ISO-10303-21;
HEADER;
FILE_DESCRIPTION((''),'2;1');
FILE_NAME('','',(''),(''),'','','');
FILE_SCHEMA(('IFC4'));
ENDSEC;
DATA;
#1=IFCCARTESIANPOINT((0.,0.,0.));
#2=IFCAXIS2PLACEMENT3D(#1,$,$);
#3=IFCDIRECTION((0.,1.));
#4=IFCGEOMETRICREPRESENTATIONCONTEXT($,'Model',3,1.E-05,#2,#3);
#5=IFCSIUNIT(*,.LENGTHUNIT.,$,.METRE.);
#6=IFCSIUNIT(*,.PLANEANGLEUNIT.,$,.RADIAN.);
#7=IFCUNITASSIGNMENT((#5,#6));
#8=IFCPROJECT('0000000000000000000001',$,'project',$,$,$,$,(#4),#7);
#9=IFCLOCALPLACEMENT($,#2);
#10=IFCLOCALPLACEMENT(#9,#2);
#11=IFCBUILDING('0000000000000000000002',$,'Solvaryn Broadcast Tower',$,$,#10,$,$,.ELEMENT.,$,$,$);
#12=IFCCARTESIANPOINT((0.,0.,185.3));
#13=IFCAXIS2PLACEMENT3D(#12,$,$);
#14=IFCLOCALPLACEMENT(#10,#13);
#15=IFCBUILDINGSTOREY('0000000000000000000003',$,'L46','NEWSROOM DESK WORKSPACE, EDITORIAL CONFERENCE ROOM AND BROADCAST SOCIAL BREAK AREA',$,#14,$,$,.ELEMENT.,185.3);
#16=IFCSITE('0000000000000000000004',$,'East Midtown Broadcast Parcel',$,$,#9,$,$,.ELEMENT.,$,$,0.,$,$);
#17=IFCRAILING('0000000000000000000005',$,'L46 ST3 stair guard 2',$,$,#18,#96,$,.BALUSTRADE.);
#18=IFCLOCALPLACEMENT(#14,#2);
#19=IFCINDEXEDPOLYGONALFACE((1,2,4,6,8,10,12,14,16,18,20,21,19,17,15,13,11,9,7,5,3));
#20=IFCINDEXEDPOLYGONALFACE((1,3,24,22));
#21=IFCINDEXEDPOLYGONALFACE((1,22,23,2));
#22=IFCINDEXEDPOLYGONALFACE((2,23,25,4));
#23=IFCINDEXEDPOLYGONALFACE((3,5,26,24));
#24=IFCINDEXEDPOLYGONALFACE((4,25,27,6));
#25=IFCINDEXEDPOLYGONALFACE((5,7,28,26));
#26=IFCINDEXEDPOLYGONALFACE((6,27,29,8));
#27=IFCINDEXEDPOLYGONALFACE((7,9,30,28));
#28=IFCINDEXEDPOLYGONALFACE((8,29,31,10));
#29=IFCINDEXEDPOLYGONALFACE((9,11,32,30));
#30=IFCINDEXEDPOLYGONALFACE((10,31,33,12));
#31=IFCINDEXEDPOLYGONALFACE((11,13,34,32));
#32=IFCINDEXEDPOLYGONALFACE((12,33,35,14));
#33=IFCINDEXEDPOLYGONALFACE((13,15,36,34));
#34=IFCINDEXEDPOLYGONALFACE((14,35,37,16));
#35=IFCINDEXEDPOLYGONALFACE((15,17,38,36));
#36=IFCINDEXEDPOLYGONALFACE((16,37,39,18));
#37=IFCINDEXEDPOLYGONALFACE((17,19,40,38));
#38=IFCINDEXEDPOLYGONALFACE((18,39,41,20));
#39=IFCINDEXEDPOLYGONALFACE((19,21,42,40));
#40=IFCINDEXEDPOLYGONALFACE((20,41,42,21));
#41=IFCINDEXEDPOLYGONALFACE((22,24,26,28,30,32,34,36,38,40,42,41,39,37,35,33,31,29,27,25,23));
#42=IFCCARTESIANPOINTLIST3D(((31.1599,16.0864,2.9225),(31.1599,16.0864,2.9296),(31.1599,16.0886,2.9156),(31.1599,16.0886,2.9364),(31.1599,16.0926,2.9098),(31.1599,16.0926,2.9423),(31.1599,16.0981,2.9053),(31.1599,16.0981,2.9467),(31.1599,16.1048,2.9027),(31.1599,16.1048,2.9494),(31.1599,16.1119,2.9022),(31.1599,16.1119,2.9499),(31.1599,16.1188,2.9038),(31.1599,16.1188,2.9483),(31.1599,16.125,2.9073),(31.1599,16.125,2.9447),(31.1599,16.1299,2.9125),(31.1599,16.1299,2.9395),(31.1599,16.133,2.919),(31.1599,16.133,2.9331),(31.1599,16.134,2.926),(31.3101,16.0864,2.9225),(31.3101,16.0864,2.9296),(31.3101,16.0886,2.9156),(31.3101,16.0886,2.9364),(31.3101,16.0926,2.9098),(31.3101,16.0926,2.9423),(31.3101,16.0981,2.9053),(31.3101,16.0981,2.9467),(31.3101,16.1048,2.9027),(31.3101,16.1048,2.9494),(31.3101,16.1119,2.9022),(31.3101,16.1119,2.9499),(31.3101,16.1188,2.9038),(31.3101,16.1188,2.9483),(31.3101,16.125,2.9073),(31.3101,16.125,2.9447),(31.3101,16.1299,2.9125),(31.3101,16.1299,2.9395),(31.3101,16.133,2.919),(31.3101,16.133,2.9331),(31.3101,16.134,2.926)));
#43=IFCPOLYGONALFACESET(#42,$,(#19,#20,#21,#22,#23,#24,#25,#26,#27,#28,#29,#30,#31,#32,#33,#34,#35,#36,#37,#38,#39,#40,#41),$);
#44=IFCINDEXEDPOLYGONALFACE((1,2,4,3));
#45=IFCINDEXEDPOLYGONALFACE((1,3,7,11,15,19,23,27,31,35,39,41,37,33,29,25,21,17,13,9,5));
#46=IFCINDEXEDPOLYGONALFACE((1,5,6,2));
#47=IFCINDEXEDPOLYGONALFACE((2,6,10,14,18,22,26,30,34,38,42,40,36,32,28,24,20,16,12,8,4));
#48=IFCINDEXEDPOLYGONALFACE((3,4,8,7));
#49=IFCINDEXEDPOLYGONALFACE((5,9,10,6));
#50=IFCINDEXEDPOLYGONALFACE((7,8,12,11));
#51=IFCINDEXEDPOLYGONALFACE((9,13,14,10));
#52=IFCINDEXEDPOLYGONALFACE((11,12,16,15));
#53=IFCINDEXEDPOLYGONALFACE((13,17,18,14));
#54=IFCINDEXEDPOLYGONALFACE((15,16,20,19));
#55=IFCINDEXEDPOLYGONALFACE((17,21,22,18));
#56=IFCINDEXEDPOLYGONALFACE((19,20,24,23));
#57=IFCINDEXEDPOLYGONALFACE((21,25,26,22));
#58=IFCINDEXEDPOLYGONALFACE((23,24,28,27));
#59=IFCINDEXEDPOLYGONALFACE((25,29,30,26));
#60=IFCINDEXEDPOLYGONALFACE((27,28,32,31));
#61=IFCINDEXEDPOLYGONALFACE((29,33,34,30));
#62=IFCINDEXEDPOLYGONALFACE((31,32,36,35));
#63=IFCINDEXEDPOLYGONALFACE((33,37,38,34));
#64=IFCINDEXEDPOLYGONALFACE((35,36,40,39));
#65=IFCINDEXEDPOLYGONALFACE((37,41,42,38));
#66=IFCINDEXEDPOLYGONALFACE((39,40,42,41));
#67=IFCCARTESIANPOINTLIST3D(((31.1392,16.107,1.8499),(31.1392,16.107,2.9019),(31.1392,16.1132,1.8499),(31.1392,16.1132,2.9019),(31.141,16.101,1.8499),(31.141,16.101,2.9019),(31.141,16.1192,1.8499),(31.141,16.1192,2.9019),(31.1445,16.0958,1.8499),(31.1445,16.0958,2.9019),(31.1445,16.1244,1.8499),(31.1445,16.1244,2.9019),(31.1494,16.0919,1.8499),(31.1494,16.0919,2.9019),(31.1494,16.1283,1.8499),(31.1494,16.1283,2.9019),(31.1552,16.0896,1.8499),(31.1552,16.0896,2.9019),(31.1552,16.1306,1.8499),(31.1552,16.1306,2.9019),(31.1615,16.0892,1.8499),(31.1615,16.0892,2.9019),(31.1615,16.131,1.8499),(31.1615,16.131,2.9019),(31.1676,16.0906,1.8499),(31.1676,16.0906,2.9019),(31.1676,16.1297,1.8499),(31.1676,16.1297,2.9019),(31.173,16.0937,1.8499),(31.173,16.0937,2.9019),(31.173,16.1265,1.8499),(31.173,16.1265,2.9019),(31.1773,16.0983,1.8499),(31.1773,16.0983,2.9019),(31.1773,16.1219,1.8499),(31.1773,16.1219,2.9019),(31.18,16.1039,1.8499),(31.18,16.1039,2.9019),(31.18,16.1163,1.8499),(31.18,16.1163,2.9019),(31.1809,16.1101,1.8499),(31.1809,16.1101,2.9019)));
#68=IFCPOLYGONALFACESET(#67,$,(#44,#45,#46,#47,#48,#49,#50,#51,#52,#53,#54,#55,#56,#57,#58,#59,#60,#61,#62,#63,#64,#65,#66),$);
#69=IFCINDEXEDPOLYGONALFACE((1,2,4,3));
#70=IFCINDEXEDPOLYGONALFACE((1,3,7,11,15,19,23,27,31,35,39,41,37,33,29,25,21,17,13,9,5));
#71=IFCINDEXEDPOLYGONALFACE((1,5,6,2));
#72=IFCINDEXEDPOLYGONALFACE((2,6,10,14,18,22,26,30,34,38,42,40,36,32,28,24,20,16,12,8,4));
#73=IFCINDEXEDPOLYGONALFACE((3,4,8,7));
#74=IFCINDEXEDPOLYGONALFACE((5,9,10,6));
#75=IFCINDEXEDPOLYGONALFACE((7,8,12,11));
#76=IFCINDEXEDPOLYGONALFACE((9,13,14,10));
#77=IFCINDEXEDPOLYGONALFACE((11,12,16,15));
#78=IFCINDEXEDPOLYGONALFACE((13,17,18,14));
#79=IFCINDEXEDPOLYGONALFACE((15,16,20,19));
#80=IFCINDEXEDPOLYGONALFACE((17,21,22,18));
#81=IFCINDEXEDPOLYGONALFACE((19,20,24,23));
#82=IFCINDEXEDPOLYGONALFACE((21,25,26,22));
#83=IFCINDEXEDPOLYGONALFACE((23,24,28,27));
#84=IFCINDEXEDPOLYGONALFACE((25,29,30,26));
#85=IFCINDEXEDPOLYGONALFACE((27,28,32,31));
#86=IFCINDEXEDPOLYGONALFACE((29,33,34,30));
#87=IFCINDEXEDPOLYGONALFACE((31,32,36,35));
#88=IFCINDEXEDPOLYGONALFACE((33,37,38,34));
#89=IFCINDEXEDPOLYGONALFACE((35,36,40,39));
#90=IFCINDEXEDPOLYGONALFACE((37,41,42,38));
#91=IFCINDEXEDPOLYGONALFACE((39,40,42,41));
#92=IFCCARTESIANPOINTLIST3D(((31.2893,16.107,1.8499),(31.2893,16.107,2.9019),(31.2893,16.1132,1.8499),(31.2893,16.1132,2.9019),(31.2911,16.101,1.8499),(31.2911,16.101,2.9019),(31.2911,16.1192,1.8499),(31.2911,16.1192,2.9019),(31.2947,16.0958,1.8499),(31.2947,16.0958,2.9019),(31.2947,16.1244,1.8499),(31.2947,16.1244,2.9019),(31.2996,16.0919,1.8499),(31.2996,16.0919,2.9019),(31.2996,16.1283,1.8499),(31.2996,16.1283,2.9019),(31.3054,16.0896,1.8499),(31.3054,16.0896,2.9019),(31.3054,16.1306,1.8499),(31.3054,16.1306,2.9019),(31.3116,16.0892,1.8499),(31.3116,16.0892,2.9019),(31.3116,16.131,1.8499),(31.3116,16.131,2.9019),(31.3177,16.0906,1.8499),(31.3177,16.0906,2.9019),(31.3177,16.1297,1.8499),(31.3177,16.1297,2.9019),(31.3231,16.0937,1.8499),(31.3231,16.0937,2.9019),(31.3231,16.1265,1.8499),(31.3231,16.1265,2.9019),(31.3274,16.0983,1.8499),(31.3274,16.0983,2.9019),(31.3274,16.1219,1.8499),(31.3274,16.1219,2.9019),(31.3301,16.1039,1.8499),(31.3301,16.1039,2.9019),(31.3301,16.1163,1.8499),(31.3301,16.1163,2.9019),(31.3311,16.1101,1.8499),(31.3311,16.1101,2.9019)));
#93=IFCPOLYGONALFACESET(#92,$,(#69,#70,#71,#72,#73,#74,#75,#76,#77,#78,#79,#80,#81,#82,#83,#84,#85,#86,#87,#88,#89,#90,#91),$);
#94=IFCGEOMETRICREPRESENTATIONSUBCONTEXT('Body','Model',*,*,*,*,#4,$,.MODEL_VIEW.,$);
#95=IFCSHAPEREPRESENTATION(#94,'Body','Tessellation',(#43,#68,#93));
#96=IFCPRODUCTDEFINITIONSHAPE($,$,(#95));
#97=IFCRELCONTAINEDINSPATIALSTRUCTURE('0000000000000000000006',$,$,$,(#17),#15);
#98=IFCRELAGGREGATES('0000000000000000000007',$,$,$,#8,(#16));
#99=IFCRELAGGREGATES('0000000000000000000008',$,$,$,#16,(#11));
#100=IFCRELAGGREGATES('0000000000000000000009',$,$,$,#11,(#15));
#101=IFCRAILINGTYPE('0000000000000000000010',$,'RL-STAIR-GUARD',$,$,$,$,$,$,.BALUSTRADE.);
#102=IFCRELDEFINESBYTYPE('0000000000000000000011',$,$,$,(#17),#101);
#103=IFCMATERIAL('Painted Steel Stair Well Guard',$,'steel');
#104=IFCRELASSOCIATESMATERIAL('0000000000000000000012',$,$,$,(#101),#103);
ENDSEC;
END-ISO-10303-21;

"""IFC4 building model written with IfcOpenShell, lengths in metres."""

from ifc_helpers import new_model, si_unit, direction, frame, origin, origin_2d, place, context, subcontext, project, spatial, circle, extrude, material, type_object, element, save


model = new_model("IFC4")

# Units and contexts
model_context = context("Model", 3, precision=1e-05, world=origin(), true_north=direction((0.0, 1.0)))
body_context = subcontext(model_context, "Body", "Model", "MODEL_VIEW")
ifc_project = project(units=[si_unit("LENGTHUNIT", "METRE"), si_unit("PLANEANGLEUNIT", "RADIAN")], contexts=[model_context])

# Site, building, storey
site_placement = place(None, origin())
site = spatial("IfcSite", under=ifc_project, at=site_placement, Name="East Midtown Broadcast Parcel", CompositionType="ELEMENT", RefElevation=0.0)
building_placement = place(site_placement, origin())
building = spatial("IfcBuilding", under=site, at=building_placement, Name="Solvaryn Broadcast Tower", CompositionType="ELEMENT")
storey_placement = place(building_placement, frame((0.0, 0.0, 185.3)))
storey = spatial("IfcBuildingStorey", under=building, at=storey_placement, Name="L46", Description="NEWSROOM DESK WORKSPACE, EDITORIAL CONFERENCE ROOM AND BROADCAST SOCIAL BREAK AREA", CompositionType="ELEMENT", Elevation=185.3)

# Railing
ifc_material_1 = material(Name="Painted Steel Stair Well Guard", Category="steel")
railing_type_1 = type_object("IfcRailingType", Name="RL-STAIR-GUARD", PredefinedType="BALUSTRADE", material=ifc_material_1)
railing_1_placement = place(storey_placement, frame((31.1599, 16.1101, 1.8499)))
element("IfcRailing", 1, at=railing_1_placement, inside=storey, type_object=railing_type_1, Name="L46 ST3 stair guard 2", PredefinedType="BALUSTRADE", context=body_context, shape_type="SweptSolid", body=[
    extrude(circle(Radius=0.0239, at=origin_2d()), frame((0.0, 0.0, 1.0762), z_axis=(1.0, 0.0, 0.0), x_axis=(0.0, 1.0, 0.0)), (0.0, 0.0, 1.0), 0.1501),
    extrude(circle(Radius=0.021, at=origin_2d()), origin(), (0.0, 0.0, 1.0), 1.052),
    extrude(circle(Radius=0.021, at=origin_2d()), frame((0.1501, 0.0, 0.0)), (0.0, 0.0, 1.0), 1.052),
])

save(model, "model.ifc")
